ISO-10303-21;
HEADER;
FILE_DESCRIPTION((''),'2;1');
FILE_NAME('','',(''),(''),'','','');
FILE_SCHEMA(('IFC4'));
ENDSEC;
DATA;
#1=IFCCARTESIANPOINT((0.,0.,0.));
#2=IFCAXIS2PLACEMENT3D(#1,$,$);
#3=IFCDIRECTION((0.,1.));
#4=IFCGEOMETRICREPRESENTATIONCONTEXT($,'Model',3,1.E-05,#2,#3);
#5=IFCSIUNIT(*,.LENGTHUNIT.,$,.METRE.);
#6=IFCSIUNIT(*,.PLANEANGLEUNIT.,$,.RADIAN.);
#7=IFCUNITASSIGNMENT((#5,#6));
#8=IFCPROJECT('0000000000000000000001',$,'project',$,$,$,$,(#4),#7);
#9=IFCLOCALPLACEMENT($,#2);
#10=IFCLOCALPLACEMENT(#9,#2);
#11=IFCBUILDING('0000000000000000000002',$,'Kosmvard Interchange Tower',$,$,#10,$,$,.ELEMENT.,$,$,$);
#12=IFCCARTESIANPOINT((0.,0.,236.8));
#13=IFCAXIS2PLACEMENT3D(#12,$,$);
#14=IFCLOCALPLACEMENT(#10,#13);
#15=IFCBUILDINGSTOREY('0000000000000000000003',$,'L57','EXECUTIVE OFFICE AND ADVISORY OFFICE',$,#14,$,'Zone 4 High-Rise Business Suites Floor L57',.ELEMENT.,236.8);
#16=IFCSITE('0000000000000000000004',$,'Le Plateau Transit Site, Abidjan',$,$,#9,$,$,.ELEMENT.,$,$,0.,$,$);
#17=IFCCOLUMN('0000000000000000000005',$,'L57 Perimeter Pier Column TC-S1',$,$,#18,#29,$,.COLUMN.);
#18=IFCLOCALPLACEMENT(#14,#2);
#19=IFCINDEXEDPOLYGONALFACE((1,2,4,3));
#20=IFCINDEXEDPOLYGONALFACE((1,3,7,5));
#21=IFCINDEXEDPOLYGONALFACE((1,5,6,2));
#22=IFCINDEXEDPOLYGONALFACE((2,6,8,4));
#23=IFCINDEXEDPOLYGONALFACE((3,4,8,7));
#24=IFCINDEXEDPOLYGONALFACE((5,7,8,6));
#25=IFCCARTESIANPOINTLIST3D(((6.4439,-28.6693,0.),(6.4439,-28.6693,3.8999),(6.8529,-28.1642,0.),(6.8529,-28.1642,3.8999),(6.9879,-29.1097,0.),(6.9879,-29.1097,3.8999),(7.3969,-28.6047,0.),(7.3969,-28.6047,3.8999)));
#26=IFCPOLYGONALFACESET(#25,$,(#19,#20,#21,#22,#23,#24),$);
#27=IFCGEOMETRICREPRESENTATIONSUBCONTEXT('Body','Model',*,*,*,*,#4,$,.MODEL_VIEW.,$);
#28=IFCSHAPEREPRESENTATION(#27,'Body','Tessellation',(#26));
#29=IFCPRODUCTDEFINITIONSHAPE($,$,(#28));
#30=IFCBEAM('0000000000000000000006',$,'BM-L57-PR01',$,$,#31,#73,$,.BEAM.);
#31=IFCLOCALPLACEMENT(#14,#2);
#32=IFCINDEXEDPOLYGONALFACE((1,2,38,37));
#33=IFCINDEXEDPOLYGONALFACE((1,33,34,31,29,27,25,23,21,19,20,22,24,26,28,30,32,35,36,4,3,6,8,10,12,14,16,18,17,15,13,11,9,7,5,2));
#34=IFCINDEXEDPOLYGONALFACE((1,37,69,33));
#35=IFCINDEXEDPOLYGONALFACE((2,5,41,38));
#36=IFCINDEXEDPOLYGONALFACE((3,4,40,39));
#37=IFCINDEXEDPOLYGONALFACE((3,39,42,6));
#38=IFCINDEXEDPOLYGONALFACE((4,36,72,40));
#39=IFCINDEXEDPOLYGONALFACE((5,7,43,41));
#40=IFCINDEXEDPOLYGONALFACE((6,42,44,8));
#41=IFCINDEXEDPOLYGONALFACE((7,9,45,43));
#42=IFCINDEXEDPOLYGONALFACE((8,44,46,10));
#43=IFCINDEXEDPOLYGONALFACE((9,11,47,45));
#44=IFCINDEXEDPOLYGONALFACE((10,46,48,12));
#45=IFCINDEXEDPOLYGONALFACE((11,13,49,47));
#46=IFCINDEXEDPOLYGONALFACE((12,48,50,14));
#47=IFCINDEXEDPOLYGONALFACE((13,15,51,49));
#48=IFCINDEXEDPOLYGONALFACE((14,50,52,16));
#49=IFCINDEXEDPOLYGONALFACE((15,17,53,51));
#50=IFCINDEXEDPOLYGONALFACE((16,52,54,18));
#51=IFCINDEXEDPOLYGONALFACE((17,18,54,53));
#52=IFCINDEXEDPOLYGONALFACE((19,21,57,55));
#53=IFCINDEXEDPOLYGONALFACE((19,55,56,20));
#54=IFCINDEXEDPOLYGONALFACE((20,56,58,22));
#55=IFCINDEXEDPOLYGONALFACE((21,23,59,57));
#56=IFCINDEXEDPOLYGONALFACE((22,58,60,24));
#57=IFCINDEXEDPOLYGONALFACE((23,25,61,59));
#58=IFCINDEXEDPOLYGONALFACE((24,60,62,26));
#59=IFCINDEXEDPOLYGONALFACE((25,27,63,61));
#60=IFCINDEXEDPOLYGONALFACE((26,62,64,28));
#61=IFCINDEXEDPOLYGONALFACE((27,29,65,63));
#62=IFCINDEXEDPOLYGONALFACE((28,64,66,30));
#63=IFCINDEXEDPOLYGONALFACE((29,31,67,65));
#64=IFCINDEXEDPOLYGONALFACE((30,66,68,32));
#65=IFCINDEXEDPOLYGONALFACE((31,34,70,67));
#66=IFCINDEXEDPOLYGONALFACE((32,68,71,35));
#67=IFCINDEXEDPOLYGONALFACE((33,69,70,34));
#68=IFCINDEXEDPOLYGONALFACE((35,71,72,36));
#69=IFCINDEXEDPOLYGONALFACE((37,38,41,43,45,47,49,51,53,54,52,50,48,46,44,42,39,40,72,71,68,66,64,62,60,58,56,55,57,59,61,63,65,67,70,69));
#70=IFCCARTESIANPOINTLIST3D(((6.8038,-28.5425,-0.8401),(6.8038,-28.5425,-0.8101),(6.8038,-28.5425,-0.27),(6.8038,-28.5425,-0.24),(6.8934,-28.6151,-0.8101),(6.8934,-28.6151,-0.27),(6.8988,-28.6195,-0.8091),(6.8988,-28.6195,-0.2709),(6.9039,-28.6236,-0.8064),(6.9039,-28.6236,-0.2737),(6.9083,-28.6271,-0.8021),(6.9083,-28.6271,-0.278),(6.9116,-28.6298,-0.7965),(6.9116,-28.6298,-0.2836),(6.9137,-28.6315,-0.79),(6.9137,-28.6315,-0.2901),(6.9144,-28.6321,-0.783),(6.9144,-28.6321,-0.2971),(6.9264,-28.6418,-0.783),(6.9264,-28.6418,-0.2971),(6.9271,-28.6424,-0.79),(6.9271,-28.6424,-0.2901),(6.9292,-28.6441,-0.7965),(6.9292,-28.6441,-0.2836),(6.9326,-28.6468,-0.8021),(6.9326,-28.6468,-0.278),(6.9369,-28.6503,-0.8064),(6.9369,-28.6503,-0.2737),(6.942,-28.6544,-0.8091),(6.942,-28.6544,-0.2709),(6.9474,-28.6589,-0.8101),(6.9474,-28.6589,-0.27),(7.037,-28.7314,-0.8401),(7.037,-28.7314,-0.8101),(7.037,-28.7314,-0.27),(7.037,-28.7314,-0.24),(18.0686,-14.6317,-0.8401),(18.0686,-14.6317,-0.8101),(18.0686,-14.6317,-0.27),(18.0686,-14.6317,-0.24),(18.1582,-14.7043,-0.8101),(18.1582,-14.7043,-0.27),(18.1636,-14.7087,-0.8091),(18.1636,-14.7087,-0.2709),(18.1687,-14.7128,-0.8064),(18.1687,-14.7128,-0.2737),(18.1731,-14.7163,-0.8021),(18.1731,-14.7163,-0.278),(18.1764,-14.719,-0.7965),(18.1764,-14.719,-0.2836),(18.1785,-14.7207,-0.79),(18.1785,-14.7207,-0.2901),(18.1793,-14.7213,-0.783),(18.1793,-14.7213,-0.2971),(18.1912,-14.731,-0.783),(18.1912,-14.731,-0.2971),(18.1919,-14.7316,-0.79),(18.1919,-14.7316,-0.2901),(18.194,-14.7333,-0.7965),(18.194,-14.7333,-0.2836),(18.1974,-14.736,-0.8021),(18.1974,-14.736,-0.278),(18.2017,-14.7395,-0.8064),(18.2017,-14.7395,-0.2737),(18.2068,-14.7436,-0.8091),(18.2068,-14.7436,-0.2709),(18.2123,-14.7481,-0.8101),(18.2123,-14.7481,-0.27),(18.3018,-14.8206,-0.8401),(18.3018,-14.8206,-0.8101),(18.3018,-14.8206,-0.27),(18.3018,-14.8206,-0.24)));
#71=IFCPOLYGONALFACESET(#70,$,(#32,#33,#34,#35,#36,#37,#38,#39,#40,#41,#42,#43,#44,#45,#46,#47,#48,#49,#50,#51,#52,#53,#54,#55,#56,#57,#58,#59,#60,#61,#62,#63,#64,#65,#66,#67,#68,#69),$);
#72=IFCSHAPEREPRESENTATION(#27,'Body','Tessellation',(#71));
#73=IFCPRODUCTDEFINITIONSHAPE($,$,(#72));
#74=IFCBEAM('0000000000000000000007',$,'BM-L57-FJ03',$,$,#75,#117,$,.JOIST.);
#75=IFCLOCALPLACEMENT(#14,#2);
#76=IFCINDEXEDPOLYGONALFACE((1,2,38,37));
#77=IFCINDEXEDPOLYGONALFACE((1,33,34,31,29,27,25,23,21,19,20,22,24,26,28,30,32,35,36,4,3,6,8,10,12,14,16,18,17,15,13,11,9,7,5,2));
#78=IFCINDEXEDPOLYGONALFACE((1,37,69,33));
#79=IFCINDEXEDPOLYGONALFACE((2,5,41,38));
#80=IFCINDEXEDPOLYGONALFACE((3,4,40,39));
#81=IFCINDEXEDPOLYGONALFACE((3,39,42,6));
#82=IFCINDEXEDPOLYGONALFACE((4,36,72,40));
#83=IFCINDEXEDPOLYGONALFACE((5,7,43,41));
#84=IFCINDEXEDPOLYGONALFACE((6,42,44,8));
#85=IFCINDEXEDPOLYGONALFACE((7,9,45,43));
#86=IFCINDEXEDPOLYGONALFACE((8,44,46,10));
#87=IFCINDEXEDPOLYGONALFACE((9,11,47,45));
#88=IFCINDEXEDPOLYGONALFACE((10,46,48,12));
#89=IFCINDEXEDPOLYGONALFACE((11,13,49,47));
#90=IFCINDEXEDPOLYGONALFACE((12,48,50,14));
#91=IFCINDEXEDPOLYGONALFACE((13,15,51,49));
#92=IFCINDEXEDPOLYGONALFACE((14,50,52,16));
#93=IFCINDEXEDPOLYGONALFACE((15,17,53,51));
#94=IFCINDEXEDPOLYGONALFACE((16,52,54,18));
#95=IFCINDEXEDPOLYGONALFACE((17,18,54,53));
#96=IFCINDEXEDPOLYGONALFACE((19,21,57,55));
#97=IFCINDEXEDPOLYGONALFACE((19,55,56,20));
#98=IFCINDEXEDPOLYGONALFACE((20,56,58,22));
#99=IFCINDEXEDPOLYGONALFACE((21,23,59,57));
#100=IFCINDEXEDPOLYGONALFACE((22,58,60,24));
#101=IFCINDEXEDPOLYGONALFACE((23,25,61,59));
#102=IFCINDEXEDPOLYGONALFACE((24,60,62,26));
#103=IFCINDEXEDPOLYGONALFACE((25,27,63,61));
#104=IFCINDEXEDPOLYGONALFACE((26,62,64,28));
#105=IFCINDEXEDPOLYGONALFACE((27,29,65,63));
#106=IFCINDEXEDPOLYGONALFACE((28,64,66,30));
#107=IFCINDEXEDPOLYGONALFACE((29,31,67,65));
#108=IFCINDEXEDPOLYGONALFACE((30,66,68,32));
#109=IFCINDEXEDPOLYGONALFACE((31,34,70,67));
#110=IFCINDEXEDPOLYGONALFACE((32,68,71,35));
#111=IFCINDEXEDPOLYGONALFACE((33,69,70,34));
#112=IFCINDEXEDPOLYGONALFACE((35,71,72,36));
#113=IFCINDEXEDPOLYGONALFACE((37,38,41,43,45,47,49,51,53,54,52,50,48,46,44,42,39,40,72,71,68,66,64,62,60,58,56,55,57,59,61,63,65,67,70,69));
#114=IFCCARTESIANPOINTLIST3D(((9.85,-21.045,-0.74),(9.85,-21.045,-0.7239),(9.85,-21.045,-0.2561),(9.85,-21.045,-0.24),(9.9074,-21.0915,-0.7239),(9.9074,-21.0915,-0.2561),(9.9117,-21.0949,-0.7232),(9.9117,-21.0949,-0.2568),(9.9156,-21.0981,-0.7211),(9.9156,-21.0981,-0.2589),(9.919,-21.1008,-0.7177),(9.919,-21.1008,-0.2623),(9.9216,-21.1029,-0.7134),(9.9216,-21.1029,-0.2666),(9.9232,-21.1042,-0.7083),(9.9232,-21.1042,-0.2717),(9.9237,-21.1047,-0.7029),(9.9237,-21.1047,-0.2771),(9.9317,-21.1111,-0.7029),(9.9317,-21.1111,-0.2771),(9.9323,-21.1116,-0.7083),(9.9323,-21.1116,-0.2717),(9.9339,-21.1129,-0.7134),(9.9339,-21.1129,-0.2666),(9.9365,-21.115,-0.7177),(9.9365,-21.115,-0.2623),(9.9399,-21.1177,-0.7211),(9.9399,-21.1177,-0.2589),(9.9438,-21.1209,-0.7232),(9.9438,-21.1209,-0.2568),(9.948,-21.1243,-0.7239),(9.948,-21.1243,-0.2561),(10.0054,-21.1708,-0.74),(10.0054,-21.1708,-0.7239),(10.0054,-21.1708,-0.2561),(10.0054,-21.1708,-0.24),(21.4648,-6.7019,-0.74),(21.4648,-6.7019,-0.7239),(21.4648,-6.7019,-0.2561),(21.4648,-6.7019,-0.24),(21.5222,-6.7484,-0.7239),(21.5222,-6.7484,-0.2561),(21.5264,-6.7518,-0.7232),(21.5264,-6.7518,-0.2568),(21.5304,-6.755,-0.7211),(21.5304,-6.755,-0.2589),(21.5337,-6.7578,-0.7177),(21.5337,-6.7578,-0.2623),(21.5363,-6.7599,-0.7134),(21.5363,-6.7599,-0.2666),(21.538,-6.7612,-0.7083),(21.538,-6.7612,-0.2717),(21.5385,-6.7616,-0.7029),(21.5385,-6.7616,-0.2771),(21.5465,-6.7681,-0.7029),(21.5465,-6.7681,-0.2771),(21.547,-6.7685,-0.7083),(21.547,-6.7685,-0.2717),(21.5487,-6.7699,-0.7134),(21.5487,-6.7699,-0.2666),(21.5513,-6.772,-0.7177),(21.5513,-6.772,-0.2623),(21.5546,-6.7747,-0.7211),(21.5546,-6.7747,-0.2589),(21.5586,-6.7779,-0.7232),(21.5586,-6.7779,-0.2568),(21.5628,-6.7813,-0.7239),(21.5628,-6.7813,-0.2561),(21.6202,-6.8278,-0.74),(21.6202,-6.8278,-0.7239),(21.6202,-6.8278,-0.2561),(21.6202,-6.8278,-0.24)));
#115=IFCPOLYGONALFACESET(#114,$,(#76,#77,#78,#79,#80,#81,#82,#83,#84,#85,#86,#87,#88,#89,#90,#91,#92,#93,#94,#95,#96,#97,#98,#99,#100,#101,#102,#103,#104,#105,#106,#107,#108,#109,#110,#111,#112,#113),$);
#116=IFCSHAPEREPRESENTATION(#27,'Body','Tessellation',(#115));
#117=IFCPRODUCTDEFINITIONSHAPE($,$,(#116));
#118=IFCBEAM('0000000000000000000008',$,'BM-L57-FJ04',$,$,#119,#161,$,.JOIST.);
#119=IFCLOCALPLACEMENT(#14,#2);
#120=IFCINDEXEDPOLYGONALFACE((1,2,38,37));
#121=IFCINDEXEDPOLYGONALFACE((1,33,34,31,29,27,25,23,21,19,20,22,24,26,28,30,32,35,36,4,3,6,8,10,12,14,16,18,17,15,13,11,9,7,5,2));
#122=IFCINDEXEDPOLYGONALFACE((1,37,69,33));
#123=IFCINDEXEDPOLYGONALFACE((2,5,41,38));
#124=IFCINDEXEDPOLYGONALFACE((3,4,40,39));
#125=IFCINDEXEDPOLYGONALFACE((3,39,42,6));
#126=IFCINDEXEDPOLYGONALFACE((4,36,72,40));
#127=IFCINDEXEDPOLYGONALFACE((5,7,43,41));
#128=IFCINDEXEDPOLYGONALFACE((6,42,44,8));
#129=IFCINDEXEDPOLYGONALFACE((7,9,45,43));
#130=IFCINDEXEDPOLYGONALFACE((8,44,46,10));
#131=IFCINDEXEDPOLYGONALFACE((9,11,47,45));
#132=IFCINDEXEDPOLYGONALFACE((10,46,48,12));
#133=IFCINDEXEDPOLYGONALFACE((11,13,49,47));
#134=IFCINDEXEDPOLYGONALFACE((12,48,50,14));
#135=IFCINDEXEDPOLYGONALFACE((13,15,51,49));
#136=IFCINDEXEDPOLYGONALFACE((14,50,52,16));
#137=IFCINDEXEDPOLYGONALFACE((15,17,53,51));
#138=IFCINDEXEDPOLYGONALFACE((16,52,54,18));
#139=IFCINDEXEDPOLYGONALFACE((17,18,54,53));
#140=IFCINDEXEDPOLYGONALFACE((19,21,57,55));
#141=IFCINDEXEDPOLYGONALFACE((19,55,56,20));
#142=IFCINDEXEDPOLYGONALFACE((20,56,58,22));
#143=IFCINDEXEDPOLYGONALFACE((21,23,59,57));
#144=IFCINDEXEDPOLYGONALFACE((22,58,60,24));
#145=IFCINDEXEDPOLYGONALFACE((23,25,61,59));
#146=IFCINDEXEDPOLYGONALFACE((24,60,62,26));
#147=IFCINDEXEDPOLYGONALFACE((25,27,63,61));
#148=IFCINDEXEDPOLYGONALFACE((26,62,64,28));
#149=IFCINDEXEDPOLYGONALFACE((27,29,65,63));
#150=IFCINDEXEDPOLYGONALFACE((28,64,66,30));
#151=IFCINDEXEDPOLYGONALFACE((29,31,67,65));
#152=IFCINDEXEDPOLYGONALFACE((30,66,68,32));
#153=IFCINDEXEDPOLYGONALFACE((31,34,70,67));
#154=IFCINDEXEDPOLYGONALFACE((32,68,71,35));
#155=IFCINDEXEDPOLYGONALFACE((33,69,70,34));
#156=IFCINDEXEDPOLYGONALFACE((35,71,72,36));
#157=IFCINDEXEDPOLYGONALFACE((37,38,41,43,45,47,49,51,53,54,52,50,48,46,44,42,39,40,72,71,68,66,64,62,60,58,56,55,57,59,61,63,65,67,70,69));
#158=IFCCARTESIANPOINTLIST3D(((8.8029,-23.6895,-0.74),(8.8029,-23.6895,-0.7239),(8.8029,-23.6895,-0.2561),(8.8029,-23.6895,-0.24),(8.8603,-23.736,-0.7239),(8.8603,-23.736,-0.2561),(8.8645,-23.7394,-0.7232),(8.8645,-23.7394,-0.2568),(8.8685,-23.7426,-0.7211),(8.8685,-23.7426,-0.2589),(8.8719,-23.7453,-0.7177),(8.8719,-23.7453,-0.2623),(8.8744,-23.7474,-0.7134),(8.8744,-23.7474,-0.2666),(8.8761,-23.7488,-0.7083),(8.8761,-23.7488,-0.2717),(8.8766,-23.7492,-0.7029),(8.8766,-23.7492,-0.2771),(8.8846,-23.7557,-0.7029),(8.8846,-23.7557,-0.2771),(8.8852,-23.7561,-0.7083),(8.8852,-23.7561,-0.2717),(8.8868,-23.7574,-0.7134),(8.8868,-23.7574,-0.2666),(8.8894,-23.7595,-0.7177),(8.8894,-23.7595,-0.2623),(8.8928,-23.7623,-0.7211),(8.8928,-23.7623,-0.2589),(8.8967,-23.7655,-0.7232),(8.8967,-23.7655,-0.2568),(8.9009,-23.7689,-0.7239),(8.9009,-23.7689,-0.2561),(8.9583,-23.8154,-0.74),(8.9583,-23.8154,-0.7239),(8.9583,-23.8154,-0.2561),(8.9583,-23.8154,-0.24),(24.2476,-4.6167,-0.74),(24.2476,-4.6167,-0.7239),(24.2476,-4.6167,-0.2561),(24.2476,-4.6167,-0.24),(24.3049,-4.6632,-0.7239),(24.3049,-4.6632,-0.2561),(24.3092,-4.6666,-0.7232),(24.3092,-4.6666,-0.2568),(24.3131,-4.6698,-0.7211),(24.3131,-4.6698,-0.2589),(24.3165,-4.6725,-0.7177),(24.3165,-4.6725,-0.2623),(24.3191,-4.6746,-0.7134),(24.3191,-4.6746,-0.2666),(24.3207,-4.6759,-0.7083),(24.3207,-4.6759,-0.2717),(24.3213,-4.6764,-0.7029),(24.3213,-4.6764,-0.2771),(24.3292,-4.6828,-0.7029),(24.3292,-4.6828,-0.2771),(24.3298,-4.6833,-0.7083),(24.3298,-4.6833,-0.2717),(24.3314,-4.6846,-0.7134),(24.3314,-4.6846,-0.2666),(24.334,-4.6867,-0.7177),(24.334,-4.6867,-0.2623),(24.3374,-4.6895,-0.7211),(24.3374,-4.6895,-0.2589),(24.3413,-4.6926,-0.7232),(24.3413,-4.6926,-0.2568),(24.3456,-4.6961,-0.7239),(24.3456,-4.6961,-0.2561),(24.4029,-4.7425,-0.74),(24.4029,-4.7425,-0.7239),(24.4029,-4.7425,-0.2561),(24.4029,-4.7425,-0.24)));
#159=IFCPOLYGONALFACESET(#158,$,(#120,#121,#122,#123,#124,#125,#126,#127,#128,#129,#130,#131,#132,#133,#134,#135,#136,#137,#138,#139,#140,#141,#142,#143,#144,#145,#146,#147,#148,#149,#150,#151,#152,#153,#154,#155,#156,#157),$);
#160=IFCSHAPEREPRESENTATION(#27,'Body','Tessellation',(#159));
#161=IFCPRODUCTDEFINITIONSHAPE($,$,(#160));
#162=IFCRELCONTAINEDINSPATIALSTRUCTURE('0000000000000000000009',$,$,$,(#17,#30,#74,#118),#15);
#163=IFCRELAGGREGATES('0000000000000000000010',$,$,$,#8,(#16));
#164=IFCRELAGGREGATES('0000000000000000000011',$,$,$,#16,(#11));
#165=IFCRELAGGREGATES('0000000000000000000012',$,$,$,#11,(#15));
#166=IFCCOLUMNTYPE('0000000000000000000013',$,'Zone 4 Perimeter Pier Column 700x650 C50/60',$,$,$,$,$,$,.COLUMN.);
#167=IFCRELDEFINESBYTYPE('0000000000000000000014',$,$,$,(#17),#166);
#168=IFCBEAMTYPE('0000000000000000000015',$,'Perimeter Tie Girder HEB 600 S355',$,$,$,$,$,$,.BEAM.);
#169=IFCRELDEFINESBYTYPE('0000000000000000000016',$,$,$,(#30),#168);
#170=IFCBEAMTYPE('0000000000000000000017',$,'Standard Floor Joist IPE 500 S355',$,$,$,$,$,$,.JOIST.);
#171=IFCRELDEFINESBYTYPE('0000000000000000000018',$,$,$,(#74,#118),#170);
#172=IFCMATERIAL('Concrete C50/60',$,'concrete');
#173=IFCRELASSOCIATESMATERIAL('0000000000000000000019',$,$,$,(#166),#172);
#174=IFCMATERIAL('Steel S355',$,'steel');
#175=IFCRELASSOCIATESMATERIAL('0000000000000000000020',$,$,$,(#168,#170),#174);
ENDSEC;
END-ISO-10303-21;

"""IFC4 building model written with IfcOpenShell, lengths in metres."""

from ifc_helpers import new_model, si_unit, direction, frame, origin, origin_2d, place, context, subcontext, project, spatial, rectangle, i_section, extrude, source, transform, mapped, material, material_profile, profile_set, type_object, element, save


model = new_model("IFC4")

# Units and contexts
model_context = context("Model", 3, precision=1e-05, world=origin(), true_north=direction((0.0, 1.0)))
body_context = subcontext(model_context, "Body", "Model", "MODEL_VIEW")
ifc_project = project(units=[si_unit("LENGTHUNIT", "METRE"), si_unit("PLANEANGLEUNIT", "RADIAN")], contexts=[model_context])

# Site, building, storey
site_placement = place(None, origin())
site = spatial("IfcSite", under=ifc_project, at=site_placement, Name="Le Plateau Transit Site, Abidjan", CompositionType="ELEMENT", RefElevation=0.0)
building_placement = place(site_placement, origin())
building = spatial("IfcBuilding", under=site, at=building_placement, Name="Kosmvard Interchange Tower", CompositionType="ELEMENT")
storey_placement = place(building_placement, frame((0.0, 0.0, 236.8)))
storey = spatial("IfcBuildingStorey", under=building, at=storey_placement, Name="L57", Description="EXECUTIVE OFFICE AND ADVISORY OFFICE", LongName="Zone 4 High-Rise Business Suites Floor L57", CompositionType="ELEMENT", Elevation=236.8)

# Column
ifc_material_1 = material(Name="Concrete C50/60", Category="concrete")
ifc_material_profile_1 = material_profile(ifc_material_1, rectangle(XDim=0.6499, YDim=0.7, at=origin_2d()), Name="TC 700x650")
ifc_profile_set_1 = profile_set([ifc_material_profile_1], Name="Concrete C50/60")
column_type = type_object("IfcColumnType", Name="Zone 4 Perimeter Pier Column 700x650 C50/60", PredefinedType="COLUMN", material=ifc_profile_set_1)
shared_shape_1 = source(origin(), body_context, "Body", "SweptSolid", [
    extrude(rectangle(XDim=0.6499, YDim=0.7, at=origin_2d()), origin(), (0.0, 0.0, 1.0), 3.8999),
])
column_placement = place(storey_placement, frame((6.9204, -28.637, 0.0), z_axis=(0.0, 0.0, 1.0), x_axis=(0.62932, 0.777146, 0.0)))
element("IfcColumn", 1, at=column_placement, inside=storey, type_object=column_type, Name="L57 Perimeter Pier Column TC-S1", PredefinedType="COLUMN", context=body_context, shape_type="MappedRepresentation", body=[
    mapped(shared_shape_1, transform((0.0, 0.0, 0.0), scale=1.0)),
])

# Beams
ifc_material_2 = material(Name="Steel S355", Category="steel")
ifc_material_profile_2 = material_profile(ifc_material_2, i_section(OverallWidth=0.3, OverallDepth=0.6001, WebThickness=0.0154, FlangeThickness=0.03, FilletRadius=0.0271, at=origin_2d()), Name="HEB 600")
ifc_profile_set_2 = profile_set([ifc_material_profile_2], Name="Steel S355")
beam_type_1 = type_object("IfcBeamType", Name="Perimeter Tie Girder HEB 600 S355", PredefinedType="BEAM", material=ifc_profile_set_2)
shared_shape_2 = source(origin(), body_context, "Body", "SweptSolid", [
    extrude(i_section(OverallWidth=0.3, OverallDepth=0.6001, WebThickness=0.0154, FlangeThickness=0.03, FilletRadius=0.0271, at=origin_2d()), origin(), (0.0, 0.0, 1.0), 17.8999),
])
beam_1_placement = place(storey_placement, frame((6.9204, -28.637, -0.54), z_axis=(0.629323, 0.777144, 0.0), x_axis=(-0.777144, 0.629323, 0.0)))
element("IfcBeam", 2, at=beam_1_placement, inside=storey, type_object=beam_type_1, Name="BM-L57-PR01", PredefinedType="BEAM", context=body_context, shape_type="MappedRepresentation", body=[
    mapped(shared_shape_2, transform((0.0, 0.0, 0.0), scale=1.0)),
])
ifc_material_profile_3 = material_profile(ifc_material_2, i_section(OverallWidth=0.2, OverallDepth=0.5, WebThickness=0.0103, FlangeThickness=0.0161, FilletRadius=0.021, at=origin_2d()), Name="IPE 500")
ifc_profile_set_3 = profile_set([ifc_material_profile_3], Name="Steel S355")
beam_type_2 = type_object("IfcBeamType", Name="Standard Floor Joist IPE 500 S355", PredefinedType="JOIST", material=ifc_profile_set_3)
shared_shape_3 = source(origin(), body_context, "Body", "SweptSolid", [
    extrude(i_section(OverallWidth=0.2, OverallDepth=0.5, WebThickness=0.0103, FlangeThickness=0.0161, FilletRadius=0.021, at=origin_2d()), origin(), (0.0, 0.0, 1.0), 18.4561),
])
beam_2_placement = place(storey_placement, frame((9.9277, -21.1079, -0.49), z_axis=(0.62932, 0.777146, 0.0), x_axis=(-0.777146, 0.62932, 0.0)))
element("IfcBeam", 3, at=beam_2_placement, inside=storey, type_object=beam_type_2, Name="BM-L57-FJ03", PredefinedType="JOIST", context=body_context, shape_type="MappedRepresentation", body=[
    mapped(shared_shape_3, transform((0.0, 0.0, 0.0), scale=1.0)),
])
shared_shape_4 = source(origin(), body_context, "Body", "SweptSolid", [
    extrude(i_section(OverallWidth=0.2, OverallDepth=0.5, WebThickness=0.0103, FlangeThickness=0.0161, FilletRadius=0.021, at=origin_2d()), origin(), (0.0, 0.0, 1.0), 24.542),
])
beam_3_placement = place(storey_placement, frame((8.8806, -23.7524, -0.49), z_axis=(0.629315, 0.777151, 0.0), x_axis=(-0.777151, 0.629315, 0.0)))
element("IfcBeam", 4, at=beam_3_placement, inside=storey, type_object=beam_type_2, Name="BM-L57-FJ04", PredefinedType="JOIST", context=body_context, shape_type="MappedRepresentation", body=[
    mapped(shared_shape_4, transform((0.0, 0.0, 0.0), scale=1.0)),
])

save(model, "model.ifc")
